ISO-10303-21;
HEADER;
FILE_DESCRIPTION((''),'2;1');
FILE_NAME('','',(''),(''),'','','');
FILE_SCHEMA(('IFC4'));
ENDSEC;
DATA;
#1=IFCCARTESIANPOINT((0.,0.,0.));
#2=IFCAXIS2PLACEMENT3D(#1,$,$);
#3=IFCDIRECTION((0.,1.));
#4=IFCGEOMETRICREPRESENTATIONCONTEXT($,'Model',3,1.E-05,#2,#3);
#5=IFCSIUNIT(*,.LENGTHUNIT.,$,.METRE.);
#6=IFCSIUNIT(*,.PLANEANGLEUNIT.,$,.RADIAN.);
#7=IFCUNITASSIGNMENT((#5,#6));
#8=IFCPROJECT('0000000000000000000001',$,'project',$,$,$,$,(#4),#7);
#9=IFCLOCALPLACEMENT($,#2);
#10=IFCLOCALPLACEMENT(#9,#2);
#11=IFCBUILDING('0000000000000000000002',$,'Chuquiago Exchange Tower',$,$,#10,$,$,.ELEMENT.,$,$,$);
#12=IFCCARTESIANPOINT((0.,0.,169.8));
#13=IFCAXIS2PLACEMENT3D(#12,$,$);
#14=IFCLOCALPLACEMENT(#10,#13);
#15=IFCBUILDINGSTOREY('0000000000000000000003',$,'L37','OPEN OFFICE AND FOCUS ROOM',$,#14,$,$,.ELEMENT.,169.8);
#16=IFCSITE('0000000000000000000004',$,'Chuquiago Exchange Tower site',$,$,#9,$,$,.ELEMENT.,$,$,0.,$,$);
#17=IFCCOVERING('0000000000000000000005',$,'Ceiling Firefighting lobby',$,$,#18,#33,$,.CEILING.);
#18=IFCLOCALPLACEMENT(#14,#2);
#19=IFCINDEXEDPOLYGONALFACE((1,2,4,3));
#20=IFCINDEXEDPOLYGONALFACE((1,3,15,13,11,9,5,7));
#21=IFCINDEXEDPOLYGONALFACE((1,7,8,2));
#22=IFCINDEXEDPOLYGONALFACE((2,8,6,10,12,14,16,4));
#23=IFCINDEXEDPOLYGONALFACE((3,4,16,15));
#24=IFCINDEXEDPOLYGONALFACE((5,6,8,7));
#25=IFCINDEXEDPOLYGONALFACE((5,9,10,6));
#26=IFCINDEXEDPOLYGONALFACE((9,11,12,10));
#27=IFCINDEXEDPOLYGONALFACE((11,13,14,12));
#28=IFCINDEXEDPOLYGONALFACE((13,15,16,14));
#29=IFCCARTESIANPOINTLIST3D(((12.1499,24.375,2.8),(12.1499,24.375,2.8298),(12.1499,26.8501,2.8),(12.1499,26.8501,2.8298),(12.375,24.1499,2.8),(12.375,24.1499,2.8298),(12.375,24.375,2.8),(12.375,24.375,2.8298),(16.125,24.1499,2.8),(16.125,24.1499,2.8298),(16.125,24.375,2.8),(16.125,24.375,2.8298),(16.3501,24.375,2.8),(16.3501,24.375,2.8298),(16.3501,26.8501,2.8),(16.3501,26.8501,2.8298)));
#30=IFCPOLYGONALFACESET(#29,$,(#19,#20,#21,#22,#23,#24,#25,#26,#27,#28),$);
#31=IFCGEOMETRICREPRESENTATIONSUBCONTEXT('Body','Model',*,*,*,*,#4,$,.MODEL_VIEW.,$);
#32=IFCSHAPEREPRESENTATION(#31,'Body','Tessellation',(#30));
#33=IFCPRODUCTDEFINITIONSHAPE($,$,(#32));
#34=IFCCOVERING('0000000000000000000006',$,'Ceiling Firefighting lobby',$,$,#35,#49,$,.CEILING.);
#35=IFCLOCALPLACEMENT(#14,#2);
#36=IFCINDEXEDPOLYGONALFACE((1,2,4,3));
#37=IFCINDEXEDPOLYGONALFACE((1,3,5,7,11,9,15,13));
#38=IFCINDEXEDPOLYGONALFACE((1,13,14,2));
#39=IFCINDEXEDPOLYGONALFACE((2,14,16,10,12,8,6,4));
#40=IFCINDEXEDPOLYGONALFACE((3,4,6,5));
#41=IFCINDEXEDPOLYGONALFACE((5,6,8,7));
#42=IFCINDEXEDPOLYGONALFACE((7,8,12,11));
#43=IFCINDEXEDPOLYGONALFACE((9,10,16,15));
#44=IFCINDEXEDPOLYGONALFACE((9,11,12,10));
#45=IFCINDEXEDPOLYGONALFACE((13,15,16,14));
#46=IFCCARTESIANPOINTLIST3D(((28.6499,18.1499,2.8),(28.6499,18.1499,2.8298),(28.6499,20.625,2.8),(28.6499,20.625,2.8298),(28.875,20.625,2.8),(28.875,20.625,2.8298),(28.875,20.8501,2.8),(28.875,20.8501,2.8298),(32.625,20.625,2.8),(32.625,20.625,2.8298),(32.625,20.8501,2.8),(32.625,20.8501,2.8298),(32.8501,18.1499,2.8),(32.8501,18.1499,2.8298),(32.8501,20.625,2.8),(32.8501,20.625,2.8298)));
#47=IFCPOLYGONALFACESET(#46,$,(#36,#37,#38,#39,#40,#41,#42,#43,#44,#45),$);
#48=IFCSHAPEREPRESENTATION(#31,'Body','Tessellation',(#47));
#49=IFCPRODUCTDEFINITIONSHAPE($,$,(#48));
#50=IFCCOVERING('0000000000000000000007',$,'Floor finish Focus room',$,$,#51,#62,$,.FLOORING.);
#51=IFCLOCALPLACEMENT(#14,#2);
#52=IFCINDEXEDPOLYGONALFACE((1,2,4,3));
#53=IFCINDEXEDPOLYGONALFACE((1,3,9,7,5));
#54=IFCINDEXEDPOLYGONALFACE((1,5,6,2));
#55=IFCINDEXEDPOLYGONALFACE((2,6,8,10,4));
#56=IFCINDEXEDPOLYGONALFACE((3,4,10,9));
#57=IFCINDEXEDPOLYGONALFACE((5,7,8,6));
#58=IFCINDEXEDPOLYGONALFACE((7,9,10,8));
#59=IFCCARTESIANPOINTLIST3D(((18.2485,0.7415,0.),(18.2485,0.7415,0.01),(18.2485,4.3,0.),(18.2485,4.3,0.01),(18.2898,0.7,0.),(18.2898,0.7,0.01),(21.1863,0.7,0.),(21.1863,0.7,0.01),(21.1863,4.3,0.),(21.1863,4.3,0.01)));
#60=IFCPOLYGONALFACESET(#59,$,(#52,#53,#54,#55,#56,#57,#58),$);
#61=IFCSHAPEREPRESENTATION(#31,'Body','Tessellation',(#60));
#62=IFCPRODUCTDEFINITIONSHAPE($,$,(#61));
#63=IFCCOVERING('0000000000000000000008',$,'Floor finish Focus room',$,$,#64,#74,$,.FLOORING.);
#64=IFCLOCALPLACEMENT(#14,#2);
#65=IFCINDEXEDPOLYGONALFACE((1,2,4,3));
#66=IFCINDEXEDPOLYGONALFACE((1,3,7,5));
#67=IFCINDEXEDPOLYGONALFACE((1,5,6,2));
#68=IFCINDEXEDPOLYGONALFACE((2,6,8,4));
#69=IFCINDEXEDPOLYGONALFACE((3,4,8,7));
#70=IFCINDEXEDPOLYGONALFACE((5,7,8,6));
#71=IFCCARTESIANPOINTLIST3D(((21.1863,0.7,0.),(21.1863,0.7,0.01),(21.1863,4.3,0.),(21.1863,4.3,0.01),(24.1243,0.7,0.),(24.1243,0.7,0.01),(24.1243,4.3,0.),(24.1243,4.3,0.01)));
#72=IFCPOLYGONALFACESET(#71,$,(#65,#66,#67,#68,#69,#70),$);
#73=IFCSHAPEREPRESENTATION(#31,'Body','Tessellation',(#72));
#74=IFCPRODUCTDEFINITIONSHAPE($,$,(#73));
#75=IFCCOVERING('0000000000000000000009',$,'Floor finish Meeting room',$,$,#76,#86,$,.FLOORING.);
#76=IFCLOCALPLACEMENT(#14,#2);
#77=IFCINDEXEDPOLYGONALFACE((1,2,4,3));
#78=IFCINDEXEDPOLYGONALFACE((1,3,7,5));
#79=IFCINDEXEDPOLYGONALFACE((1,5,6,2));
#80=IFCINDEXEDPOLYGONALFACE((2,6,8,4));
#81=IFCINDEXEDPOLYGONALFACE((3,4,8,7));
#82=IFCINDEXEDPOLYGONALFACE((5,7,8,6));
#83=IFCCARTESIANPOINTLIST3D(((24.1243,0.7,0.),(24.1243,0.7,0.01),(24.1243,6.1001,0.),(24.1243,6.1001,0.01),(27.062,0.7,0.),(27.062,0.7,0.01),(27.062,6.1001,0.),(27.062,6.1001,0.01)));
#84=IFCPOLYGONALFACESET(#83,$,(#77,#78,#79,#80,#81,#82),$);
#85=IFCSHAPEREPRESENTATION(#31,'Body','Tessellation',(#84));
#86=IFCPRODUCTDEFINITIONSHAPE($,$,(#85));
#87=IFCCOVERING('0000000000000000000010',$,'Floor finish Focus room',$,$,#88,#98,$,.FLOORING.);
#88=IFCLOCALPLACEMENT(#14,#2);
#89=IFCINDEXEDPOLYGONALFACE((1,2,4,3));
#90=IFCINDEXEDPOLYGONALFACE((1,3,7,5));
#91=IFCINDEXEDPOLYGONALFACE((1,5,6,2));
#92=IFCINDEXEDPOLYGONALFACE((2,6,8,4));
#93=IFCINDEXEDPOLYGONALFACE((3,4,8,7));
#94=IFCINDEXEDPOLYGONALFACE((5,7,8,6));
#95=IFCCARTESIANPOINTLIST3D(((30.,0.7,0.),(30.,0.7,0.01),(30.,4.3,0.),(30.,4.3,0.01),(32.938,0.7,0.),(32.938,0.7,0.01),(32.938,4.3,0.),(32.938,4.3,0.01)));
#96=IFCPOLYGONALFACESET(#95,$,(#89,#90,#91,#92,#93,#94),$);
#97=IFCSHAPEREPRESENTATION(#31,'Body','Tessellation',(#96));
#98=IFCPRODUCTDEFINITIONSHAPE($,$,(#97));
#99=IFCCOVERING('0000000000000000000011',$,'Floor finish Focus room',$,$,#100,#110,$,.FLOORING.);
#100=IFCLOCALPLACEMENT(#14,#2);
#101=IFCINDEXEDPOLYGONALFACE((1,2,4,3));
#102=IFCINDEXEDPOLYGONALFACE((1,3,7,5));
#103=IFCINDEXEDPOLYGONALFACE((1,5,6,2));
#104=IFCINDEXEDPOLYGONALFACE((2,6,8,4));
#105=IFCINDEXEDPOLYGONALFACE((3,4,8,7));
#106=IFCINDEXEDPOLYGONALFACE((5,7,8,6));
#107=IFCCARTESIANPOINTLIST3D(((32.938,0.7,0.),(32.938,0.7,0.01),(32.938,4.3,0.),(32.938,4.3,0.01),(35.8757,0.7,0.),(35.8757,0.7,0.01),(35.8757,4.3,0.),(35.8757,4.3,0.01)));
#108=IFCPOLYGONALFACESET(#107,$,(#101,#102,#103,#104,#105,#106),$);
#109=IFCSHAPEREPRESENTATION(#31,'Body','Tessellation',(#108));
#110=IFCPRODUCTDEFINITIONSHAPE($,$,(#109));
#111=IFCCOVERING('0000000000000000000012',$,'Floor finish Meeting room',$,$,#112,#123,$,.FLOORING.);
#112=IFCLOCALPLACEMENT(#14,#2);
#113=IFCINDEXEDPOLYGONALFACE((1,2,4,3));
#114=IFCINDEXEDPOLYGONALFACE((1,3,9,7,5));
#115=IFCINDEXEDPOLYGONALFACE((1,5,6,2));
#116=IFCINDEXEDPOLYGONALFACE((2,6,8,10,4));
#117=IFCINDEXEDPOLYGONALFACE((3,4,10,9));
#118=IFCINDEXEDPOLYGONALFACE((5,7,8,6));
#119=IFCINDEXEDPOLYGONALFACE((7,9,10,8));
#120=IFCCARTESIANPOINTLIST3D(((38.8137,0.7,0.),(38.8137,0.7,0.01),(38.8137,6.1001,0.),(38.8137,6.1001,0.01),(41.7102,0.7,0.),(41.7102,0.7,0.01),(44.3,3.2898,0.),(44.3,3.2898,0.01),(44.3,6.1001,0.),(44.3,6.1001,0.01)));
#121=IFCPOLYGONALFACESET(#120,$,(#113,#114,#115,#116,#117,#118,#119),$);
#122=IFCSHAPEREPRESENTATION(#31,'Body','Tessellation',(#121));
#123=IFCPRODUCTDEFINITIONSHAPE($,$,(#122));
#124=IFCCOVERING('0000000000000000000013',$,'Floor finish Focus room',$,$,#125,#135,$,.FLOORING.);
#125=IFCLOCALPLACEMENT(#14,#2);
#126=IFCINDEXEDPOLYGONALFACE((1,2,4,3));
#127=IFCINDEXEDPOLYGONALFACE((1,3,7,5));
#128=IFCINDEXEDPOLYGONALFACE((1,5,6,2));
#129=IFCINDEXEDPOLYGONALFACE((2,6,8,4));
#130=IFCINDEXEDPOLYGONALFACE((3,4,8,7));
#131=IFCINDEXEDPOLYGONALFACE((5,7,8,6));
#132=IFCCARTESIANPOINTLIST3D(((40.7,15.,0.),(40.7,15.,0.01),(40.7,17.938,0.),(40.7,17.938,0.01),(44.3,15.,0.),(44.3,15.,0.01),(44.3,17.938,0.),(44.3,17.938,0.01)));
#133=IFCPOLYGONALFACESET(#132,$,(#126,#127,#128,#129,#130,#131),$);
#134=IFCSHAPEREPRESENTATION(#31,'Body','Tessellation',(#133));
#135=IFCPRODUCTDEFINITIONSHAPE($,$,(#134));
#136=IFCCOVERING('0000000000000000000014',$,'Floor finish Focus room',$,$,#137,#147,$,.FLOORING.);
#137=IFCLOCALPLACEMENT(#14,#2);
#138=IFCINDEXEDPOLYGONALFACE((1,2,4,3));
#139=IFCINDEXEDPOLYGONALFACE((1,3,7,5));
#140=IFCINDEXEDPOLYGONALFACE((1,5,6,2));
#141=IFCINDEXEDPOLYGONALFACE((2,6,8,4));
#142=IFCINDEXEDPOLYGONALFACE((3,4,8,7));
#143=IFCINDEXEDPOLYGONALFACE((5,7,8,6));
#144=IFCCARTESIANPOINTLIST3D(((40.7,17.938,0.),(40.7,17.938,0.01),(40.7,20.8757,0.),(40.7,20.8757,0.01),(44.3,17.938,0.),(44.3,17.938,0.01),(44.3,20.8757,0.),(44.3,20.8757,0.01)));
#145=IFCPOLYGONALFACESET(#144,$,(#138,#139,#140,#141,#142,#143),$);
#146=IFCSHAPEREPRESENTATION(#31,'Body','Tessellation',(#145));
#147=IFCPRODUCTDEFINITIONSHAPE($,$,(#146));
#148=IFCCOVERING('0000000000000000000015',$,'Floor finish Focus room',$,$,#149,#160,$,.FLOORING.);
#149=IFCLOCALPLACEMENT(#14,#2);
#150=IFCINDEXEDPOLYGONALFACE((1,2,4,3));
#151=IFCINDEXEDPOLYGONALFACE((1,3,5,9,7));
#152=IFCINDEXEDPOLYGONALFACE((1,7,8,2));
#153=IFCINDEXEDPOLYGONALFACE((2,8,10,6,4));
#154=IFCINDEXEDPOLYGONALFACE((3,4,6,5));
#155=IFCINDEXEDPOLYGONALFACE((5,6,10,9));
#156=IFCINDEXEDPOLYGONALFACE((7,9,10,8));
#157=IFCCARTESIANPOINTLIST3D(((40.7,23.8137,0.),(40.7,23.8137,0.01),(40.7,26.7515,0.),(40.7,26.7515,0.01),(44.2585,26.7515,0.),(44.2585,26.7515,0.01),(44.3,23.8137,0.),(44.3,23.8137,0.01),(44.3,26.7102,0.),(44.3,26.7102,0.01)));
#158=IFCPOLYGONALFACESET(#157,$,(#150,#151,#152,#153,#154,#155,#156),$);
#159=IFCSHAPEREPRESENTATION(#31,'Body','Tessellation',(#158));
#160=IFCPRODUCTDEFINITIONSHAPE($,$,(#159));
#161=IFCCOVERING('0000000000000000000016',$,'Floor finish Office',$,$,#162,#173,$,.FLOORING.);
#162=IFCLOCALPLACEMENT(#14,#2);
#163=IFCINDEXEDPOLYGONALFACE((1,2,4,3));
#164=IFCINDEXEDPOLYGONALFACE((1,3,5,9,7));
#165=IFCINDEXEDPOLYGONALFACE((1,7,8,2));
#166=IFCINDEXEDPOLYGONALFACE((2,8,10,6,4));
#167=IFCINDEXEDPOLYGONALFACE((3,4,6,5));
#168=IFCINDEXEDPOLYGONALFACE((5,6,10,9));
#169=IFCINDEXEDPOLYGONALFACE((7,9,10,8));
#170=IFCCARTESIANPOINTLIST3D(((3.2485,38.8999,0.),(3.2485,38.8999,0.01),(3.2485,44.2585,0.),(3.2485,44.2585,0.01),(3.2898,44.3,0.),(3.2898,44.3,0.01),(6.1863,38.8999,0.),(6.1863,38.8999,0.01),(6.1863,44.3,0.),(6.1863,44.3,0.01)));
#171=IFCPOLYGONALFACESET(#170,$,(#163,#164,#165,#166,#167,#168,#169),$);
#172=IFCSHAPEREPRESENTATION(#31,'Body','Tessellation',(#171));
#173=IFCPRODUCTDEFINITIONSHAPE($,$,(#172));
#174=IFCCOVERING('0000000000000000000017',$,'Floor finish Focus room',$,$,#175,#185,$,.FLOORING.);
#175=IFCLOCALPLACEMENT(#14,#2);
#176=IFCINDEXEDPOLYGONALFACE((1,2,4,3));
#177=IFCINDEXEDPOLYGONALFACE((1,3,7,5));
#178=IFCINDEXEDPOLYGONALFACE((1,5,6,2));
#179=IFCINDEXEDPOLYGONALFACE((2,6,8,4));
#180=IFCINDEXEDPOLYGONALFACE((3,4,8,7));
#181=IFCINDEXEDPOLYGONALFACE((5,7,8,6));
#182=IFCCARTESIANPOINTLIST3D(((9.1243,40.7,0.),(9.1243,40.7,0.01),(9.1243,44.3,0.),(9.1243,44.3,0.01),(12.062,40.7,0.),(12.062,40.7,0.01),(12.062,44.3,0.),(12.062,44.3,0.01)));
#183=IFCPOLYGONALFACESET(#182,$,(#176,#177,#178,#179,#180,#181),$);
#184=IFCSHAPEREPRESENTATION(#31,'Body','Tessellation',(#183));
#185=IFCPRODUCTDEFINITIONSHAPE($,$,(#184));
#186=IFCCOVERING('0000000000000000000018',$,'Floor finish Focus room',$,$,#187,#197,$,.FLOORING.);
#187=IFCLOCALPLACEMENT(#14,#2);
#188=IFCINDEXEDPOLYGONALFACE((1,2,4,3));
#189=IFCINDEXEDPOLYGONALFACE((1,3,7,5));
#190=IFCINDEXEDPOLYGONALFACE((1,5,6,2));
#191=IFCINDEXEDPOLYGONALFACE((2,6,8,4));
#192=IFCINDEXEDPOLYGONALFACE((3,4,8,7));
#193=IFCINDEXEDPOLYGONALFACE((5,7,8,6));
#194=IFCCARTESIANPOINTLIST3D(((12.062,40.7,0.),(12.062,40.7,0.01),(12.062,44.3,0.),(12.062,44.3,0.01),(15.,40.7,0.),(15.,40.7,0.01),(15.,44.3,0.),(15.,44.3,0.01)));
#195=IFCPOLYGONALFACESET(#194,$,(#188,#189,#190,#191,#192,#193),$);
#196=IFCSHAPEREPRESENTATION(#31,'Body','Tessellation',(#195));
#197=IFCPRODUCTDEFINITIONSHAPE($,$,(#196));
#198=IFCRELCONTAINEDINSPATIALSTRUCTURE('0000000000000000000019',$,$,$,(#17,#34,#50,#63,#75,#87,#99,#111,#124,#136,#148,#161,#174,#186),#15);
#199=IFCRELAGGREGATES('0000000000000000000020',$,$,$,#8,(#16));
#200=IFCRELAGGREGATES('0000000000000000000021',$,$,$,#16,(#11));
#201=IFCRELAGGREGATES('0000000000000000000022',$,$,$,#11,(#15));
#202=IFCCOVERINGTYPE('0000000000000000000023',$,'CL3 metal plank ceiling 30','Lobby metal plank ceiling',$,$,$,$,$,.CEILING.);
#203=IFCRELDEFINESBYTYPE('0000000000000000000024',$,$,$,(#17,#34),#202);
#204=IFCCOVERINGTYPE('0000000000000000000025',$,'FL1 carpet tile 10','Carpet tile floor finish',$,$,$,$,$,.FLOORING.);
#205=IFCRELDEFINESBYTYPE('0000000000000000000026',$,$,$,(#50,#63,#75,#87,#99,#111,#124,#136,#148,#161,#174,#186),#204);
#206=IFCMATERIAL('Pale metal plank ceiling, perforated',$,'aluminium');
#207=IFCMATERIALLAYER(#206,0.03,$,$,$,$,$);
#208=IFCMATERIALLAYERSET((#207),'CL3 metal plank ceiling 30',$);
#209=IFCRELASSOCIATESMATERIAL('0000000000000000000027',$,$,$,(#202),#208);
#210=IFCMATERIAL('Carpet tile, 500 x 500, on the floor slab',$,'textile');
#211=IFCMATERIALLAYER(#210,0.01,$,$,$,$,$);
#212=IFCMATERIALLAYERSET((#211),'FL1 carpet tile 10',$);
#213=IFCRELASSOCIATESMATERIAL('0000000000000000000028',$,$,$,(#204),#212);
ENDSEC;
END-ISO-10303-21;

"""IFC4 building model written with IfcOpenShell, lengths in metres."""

from ifc_helpers import new_model, si_unit, direction, frame, origin, place, context, subcontext, project, spatial, polyline, outline, extrude, material, layer, layer_set, type_object, element, save


model = new_model("IFC4")

# Units and contexts
model_context = context("Model", 3, precision=1e-05, world=origin(), true_north=direction((0.0, 1.0)))
body_context = subcontext(model_context, "Body", "Model", "MODEL_VIEW")
ifc_project = project(units=[si_unit("LENGTHUNIT", "METRE"), si_unit("PLANEANGLEUNIT", "RADIAN")], contexts=[model_context])

# Site, building, storey
site_placement = place(None, origin())
site = spatial("IfcSite", under=ifc_project, at=site_placement, Name="Chuquiago Exchange Tower site", CompositionType="ELEMENT", RefElevation=0.0)
building_placement = place(site_placement, origin())
building = spatial("IfcBuilding", under=site, at=building_placement, Name="Chuquiago Exchange Tower", CompositionType="ELEMENT")
storey_placement = place(building_placement, frame((0.0, 0.0, 169.8)))
storey = spatial("IfcBuildingStorey", under=building, at=storey_placement, Name="L37", Description="OPEN OFFICE AND FOCUS ROOM", CompositionType="ELEMENT", Elevation=169.8)

# Coverings
ifc_material_1 = material(Name="Pale metal plank ceiling, perforated", Category="aluminium")
ifc_layer_1 = layer(ifc_material_1, 0.03)
ifc_layer_set_1 = layer_set([ifc_layer_1], Name="CL3 metal plank ceiling 30")
covering_type_1 = type_object("IfcCoveringType", Name="CL3 metal plank ceiling 30", Description="Lobby metal plank ceiling", PredefinedType="CEILING", material=ifc_layer_set_1)
covering_1_placement = place(storey_placement, frame((0.0, 0.0, 2.8)))
element("IfcCovering", 1, at=covering_1_placement, inside=storey, type_object=covering_type_1, Name="Ceiling Firefighting lobby", PredefinedType="CEILING", context=body_context, shape_type="SweptSolid", body=[
    extrude(outline(polyline([(12.375, 24.1499), (12.375, 24.375), (12.1499, 24.375), (12.1499, 26.8501), (16.3501, 26.8501), (16.3501, 24.375), (16.125, 24.375), (16.125, 24.1499), (12.375, 24.1499)])), origin(), (0.0, 0.0, 1.0), 0.0298),
])
covering_2_placement = place(storey_placement, frame((0.0, 0.0, 2.8)))
element("IfcCovering", 2, at=covering_2_placement, inside=storey, type_object=covering_type_1, Name="Ceiling Firefighting lobby", PredefinedType="CEILING", context=body_context, shape_type="SweptSolid", body=[
    extrude(outline(polyline([(28.6499, 18.1499), (28.6499, 20.625), (28.875, 20.625), (28.875, 20.8501), (32.625, 20.8501), (32.625, 20.625), (32.8501, 20.625), (32.8501, 18.1499), (28.6499, 18.1499)])), origin(), (0.0, 0.0, 1.0), 0.0298),
])
ifc_material_2 = material(Name="Carpet tile, 500 x 500, on the floor slab", Category="textile")
ifc_layer_2 = layer(ifc_material_2, 0.01)
ifc_layer_set_2 = layer_set([ifc_layer_2], Name="FL1 carpet tile 10")
covering_type_2 = type_object("IfcCoveringType", Name="FL1 carpet tile 10", Description="Carpet tile floor finish", PredefinedType="FLOORING", material=ifc_layer_set_2)
covering_3_placement = place(storey_placement, origin())
element("IfcCovering", 3, at=covering_3_placement, inside=storey, type_object=covering_type_2, Name="Floor finish Focus room", PredefinedType="FLOORING", context=body_context, shape_type="SweptSolid", body=[
    extrude(outline(polyline([(18.2898, 0.7), (18.2485, 0.7415), (18.2485, 4.3), (21.1863, 4.3), (21.1863, 0.7), (18.2898, 0.7)])), origin(), (0.0, 0.0, 1.0), 0.01),
])
covering_4_placement = place(storey_placement, origin())
element("IfcCovering", 4, at=covering_4_placement, inside=storey, type_object=covering_type_2, Name="Floor finish Focus room", PredefinedType="FLOORING", context=body_context, shape_type="SweptSolid", body=[
    extrude(outline(polyline([(21.1863, 0.7), (21.1863, 4.3), (24.1243, 4.3), (24.1243, 0.7), (21.1863, 0.7)])), origin(), (0.0, 0.0, 1.0), 0.01),
])
covering_5_placement = place(storey_placement, origin())
element("IfcCovering", 5, at=covering_5_placement, inside=storey, type_object=covering_type_2, Name="Floor finish Meeting room", PredefinedType="FLOORING", context=body_context, shape_type="SweptSolid", body=[
    extrude(outline(polyline([(24.1243, 0.7), (24.1243, 6.1001), (27.062, 6.1001), (27.062, 0.7), (24.1243, 0.7)])), origin(), (0.0, 0.0, 1.0), 0.01),
])
covering_6_placement = place(storey_placement, origin())
element("IfcCovering", 6, at=covering_6_placement, inside=storey, type_object=covering_type_2, Name="Floor finish Focus room", PredefinedType="FLOORING", context=body_context, shape_type="SweptSolid", body=[
    extrude(outline(polyline([(30.0, 0.7), (30.0, 4.3), (32.938, 4.3), (32.938, 0.7), (30.0, 0.7)])), origin(), (0.0, 0.0, 1.0), 0.01),
])
covering_7_placement = place(storey_placement, origin())
element("IfcCovering", 7, at=covering_7_placement, inside=storey, type_object=covering_type_2, Name="Floor finish Focus room", PredefinedType="FLOORING", context=body_context, shape_type="SweptSolid", body=[
    extrude(outline(polyline([(32.938, 0.7), (32.938, 4.3), (35.8757, 4.3), (35.8757, 0.7), (32.938, 0.7)])), origin(), (0.0, 0.0, 1.0), 0.01),
])
covering_8_placement = place(storey_placement, origin())
element("IfcCovering", 8, at=covering_8_placement, inside=storey, type_object=covering_type_2, Name="Floor finish Meeting room", PredefinedType="FLOORING", context=body_context, shape_type="SweptSolid", body=[
    extrude(outline(polyline([(44.3, 3.2898), (41.7102, 0.7), (38.8137, 0.7), (38.8137, 6.1001), (44.3, 6.1001), (44.3, 3.2898)])), origin(), (0.0, 0.0, 1.0), 0.01),
])
covering_9_placement = place(storey_placement, origin())
element("IfcCovering", 9, at=covering_9_placement, inside=storey, type_object=covering_type_2, Name="Floor finish Focus room", PredefinedType="FLOORING", context=body_context, shape_type="SweptSolid", body=[
    extrude(outline(polyline([(44.3, 15.0), (40.7, 15.0), (40.7, 17.938), (44.3, 17.938), (44.3, 15.0)])), origin(), (0.0, 0.0, 1.0), 0.01),
])
covering_10_placement = place(storey_placement, origin())
element("IfcCovering", 10, at=covering_10_placement, inside=storey, type_object=covering_type_2, Name="Floor finish Focus room", PredefinedType="FLOORING", context=body_context, shape_type="SweptSolid", body=[
    extrude(outline(polyline([(44.3, 17.938), (40.7, 17.938), (40.7, 20.8757), (44.3, 20.8757), (44.3, 17.938)])), origin(), (0.0, 0.0, 1.0), 0.01),
])
covering_11_placement = place(storey_placement, origin())
element("IfcCovering", 11, at=covering_11_placement, inside=storey, type_object=covering_type_2, Name="Floor finish Focus room", PredefinedType="FLOORING", context=body_context, shape_type="SweptSolid", body=[
    extrude(outline(polyline([(44.3, 26.7102), (44.3, 23.8137), (40.7, 23.8137), (40.7, 26.7515), (44.2585, 26.7515), (44.3, 26.7102)])), origin(), (0.0, 0.0, 1.0), 0.01),
])
covering_12_placement = place(storey_placement, origin())
element("IfcCovering", 12, at=covering_12_placement, inside=storey, type_object=covering_type_2, Name="Floor finish Office", PredefinedType="FLOORING", context=body_context, shape_type="SweptSolid", body=[
    extrude(outline(polyline([(3.2898, 44.3), (6.1863, 44.3), (6.1863, 38.8999), (3.2485, 38.8999), (3.2485, 44.2585), (3.2898, 44.3)])), origin(), (0.0, 0.0, 1.0), 0.01),
])
covering_13_placement = place(storey_placement, origin())
element("IfcCovering", 13, at=covering_13_placement, inside=storey, type_object=covering_type_2, Name="Floor finish Focus room", PredefinedType="FLOORING", context=body_context, shape_type="SweptSolid", body=[
    extrude(outline(polyline([(12.062, 44.3), (12.062, 40.7), (9.1243, 40.7), (9.1243, 44.3), (12.062, 44.3)])), origin(), (0.0, 0.0, 1.0), 0.01),
])
covering_14_placement = place(storey_placement, origin())
element("IfcCovering", 14, at=covering_14_placement, inside=storey, type_object=covering_type_2, Name="Floor finish Focus room", PredefinedType="FLOORING", context=body_context, shape_type="SweptSolid", body=[
    extrude(outline(polyline([(15.0, 44.3), (15.0, 40.7), (12.062, 40.7), (12.062, 44.3), (15.0, 44.3)])), origin(), (0.0, 0.0, 1.0), 0.01),
])

save(model, "model.ifc")
